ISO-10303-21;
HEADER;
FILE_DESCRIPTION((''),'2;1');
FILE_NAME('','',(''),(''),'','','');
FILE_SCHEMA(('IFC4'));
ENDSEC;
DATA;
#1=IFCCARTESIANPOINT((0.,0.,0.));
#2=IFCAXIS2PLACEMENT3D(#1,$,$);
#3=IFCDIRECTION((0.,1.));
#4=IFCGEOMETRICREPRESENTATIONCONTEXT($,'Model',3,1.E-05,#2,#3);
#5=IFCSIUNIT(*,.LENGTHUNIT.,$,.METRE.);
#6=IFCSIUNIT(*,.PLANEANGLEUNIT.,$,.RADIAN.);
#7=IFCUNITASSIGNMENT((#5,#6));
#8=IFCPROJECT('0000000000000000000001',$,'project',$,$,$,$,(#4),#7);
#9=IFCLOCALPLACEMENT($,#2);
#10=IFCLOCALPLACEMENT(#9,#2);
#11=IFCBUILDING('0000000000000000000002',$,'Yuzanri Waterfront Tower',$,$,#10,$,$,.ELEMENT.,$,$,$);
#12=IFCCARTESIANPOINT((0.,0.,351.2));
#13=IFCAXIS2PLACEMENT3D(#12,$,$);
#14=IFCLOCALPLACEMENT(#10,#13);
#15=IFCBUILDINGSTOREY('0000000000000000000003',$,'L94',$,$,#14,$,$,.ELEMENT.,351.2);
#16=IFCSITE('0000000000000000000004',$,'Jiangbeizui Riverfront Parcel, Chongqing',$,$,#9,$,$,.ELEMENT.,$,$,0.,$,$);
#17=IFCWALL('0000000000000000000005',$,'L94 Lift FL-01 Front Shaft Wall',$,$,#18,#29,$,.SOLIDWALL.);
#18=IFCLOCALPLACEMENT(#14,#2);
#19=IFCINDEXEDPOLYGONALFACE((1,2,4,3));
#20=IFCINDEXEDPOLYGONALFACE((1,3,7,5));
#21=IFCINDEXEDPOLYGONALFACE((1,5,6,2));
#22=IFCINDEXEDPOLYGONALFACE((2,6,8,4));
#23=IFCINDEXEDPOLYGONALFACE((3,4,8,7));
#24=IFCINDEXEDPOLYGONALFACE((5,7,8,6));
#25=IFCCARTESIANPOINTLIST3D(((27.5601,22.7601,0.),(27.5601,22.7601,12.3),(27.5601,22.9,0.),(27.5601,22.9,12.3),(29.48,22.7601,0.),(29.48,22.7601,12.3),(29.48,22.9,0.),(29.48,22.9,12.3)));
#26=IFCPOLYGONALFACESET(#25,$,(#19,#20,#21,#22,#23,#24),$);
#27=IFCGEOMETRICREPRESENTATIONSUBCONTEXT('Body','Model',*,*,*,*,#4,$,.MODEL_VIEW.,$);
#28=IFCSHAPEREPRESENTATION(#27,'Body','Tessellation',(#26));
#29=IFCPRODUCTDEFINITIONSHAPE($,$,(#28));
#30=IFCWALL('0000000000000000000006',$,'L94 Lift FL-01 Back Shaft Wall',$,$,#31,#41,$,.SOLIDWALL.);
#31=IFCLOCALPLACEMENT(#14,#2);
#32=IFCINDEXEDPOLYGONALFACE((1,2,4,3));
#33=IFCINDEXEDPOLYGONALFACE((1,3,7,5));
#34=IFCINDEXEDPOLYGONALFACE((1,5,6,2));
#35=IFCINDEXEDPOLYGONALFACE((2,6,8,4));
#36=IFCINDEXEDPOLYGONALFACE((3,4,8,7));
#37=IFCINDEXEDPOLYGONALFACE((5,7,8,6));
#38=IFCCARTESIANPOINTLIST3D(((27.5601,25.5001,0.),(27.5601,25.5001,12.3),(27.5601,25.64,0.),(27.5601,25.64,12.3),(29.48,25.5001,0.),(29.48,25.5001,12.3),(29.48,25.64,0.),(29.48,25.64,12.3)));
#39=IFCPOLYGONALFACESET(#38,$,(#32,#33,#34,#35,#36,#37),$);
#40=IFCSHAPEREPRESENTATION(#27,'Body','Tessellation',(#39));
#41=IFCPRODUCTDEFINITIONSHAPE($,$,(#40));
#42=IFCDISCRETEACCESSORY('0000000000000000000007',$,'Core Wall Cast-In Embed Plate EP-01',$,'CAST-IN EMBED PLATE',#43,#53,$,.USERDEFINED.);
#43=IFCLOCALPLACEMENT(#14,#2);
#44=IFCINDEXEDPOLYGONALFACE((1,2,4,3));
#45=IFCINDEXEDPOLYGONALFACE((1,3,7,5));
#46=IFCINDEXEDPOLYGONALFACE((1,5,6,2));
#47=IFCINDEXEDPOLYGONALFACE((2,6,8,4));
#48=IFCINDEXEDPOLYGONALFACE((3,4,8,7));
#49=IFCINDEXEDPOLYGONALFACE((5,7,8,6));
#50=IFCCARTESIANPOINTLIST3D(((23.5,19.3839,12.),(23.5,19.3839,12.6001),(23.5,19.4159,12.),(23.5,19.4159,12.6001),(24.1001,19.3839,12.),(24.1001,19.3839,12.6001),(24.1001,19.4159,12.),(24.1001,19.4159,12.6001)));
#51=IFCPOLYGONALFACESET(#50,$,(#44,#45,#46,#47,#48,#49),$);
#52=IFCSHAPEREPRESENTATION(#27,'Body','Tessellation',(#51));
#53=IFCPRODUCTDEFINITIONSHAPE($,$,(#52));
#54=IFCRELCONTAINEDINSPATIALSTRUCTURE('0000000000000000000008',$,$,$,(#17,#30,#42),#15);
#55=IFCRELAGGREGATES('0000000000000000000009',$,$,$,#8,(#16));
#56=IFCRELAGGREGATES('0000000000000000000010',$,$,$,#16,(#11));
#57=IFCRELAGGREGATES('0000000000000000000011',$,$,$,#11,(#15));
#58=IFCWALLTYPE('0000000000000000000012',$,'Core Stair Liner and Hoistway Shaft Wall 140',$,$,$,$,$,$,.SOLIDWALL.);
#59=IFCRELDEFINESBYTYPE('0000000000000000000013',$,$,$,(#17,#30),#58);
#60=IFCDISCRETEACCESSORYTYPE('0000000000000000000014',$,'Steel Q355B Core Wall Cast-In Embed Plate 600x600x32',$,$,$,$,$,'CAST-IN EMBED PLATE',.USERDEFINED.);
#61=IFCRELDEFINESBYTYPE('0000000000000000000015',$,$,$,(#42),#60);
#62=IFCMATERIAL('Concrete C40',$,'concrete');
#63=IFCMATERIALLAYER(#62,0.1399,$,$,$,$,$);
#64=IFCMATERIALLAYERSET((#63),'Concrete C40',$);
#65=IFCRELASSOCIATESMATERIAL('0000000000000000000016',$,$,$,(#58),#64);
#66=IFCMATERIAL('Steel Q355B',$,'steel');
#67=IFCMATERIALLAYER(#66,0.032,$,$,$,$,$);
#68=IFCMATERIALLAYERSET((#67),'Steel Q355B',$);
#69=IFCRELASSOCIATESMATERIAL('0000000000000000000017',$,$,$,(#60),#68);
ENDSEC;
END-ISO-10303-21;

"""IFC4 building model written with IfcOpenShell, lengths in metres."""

from ifc_helpers import new_model, si_unit, direction, frame, frame_2d, origin, origin_2d, place, context, subcontext, project, spatial, rectangle, extrude, source, transform, mapped, material, layer, layer_set, type_object, element, save


model = new_model("IFC4")

# Units and contexts
model_context = context("Model", 3, precision=1e-05, world=origin(), true_north=direction((0.0, 1.0)))
body_context = subcontext(model_context, "Body", "Model", "MODEL_VIEW")
ifc_project = project(units=[si_unit("LENGTHUNIT", "METRE"), si_unit("PLANEANGLEUNIT", "RADIAN")], contexts=[model_context])

# Site, building, storey
site_placement = place(None, origin())
site = spatial("IfcSite", under=ifc_project, at=site_placement, Name="Jiangbeizui Riverfront Parcel, Chongqing", CompositionType="ELEMENT", RefElevation=0.0)
building_placement = place(site_placement, origin())
building = spatial("IfcBuilding", under=site, at=building_placement, Name="Yuzanri Waterfront Tower", CompositionType="ELEMENT")
storey_placement = place(building_placement, frame((0.0, 0.0, 351.2)))
storey = spatial("IfcBuildingStorey", under=building, at=storey_placement, Name="L94", CompositionType="ELEMENT", Elevation=351.2)

# Walls
ifc_material_1 = material(Name="Concrete C40", Category="concrete")
ifc_layer_1 = layer(ifc_material_1, 0.1399)
ifc_layer_set_1 = layer_set([ifc_layer_1], Name="Concrete C40")
wall_type_1 = type_object("IfcWallType", Name="Core Stair Liner and Hoistway Shaft Wall 140", PredefinedType="SOLIDWALL", material=ifc_layer_set_1)
shared_shape_1 = source(origin(), body_context, "Body", "SweptSolid", [
    extrude(rectangle(XDim=1.9199, YDim=0.1399, at=frame_2d((0.96, 0.0))), origin(), (0.0, 0.0, 1.0), 12.3),
])
for number, where, z_axis, x_axis, name in (
    (1, (27.5601, 22.8301, 0.0), (0.0, 0.0, 1.0), (1.0, 0.0, 0.0), "L94 Lift FL-01 Front Shaft Wall"),
    (2, (27.5601, 25.5701, 0.0), (0.0, 0.0, 1.0), (1.0, 0.0, 0.0), "L94 Lift FL-01 Back Shaft Wall"),
):
    element("IfcWall", number, at=place(storey_placement, frame(where, z_axis=z_axis, x_axis=x_axis)), inside=storey, type_object=wall_type_1, Name=name, PredefinedType="SOLIDWALL", context=body_context, shape_type="MappedRepresentation", body=[
        mapped(shared_shape_1, transform((0.0, 0.0, 0.0), scale=1.0)),
    ])

# Discrete accessory
ifc_material_2 = material(Name="Steel Q355B", Category="steel")
ifc_layer_2 = layer(ifc_material_2, 0.032)
ifc_layer_set_2 = layer_set([ifc_layer_2], Name="Steel Q355B")
discrete_accessory_type = type_object("IfcDiscreteAccessoryType", Name="Steel Q355B Core Wall Cast-In Embed Plate 600x600x32", ElementType="CAST-IN EMBED PLATE", PredefinedType="USERDEFINED", material=ifc_layer_set_2)
shared_shape_2 = source(origin(), body_context, "Body", "SweptSolid", [
    extrude(rectangle(XDim=0.6001, YDim=0.032, at=origin_2d()), origin(), (0.0, 0.0, 1.0), 0.6001),
])
discrete_accessory_placement = place(storey_placement, frame((23.8, 19.3999, 12.0), z_axis=(0.0, 0.0, 1.0), x_axis=(1.0, 0.0, 0.0)))
element("IfcDiscreteAccessory", 3, at=discrete_accessory_placement, inside=storey, type_object=discrete_accessory_type, Name="Core Wall Cast-In Embed Plate EP-01", ObjectType="CAST-IN EMBED PLATE", PredefinedType="USERDEFINED", context=body_context, shape_type="MappedRepresentation", body=[
    mapped(shared_shape_2, transform((0.0, 0.0, 0.0), scale=1.0)),
])

save(model, "model.ifc")
